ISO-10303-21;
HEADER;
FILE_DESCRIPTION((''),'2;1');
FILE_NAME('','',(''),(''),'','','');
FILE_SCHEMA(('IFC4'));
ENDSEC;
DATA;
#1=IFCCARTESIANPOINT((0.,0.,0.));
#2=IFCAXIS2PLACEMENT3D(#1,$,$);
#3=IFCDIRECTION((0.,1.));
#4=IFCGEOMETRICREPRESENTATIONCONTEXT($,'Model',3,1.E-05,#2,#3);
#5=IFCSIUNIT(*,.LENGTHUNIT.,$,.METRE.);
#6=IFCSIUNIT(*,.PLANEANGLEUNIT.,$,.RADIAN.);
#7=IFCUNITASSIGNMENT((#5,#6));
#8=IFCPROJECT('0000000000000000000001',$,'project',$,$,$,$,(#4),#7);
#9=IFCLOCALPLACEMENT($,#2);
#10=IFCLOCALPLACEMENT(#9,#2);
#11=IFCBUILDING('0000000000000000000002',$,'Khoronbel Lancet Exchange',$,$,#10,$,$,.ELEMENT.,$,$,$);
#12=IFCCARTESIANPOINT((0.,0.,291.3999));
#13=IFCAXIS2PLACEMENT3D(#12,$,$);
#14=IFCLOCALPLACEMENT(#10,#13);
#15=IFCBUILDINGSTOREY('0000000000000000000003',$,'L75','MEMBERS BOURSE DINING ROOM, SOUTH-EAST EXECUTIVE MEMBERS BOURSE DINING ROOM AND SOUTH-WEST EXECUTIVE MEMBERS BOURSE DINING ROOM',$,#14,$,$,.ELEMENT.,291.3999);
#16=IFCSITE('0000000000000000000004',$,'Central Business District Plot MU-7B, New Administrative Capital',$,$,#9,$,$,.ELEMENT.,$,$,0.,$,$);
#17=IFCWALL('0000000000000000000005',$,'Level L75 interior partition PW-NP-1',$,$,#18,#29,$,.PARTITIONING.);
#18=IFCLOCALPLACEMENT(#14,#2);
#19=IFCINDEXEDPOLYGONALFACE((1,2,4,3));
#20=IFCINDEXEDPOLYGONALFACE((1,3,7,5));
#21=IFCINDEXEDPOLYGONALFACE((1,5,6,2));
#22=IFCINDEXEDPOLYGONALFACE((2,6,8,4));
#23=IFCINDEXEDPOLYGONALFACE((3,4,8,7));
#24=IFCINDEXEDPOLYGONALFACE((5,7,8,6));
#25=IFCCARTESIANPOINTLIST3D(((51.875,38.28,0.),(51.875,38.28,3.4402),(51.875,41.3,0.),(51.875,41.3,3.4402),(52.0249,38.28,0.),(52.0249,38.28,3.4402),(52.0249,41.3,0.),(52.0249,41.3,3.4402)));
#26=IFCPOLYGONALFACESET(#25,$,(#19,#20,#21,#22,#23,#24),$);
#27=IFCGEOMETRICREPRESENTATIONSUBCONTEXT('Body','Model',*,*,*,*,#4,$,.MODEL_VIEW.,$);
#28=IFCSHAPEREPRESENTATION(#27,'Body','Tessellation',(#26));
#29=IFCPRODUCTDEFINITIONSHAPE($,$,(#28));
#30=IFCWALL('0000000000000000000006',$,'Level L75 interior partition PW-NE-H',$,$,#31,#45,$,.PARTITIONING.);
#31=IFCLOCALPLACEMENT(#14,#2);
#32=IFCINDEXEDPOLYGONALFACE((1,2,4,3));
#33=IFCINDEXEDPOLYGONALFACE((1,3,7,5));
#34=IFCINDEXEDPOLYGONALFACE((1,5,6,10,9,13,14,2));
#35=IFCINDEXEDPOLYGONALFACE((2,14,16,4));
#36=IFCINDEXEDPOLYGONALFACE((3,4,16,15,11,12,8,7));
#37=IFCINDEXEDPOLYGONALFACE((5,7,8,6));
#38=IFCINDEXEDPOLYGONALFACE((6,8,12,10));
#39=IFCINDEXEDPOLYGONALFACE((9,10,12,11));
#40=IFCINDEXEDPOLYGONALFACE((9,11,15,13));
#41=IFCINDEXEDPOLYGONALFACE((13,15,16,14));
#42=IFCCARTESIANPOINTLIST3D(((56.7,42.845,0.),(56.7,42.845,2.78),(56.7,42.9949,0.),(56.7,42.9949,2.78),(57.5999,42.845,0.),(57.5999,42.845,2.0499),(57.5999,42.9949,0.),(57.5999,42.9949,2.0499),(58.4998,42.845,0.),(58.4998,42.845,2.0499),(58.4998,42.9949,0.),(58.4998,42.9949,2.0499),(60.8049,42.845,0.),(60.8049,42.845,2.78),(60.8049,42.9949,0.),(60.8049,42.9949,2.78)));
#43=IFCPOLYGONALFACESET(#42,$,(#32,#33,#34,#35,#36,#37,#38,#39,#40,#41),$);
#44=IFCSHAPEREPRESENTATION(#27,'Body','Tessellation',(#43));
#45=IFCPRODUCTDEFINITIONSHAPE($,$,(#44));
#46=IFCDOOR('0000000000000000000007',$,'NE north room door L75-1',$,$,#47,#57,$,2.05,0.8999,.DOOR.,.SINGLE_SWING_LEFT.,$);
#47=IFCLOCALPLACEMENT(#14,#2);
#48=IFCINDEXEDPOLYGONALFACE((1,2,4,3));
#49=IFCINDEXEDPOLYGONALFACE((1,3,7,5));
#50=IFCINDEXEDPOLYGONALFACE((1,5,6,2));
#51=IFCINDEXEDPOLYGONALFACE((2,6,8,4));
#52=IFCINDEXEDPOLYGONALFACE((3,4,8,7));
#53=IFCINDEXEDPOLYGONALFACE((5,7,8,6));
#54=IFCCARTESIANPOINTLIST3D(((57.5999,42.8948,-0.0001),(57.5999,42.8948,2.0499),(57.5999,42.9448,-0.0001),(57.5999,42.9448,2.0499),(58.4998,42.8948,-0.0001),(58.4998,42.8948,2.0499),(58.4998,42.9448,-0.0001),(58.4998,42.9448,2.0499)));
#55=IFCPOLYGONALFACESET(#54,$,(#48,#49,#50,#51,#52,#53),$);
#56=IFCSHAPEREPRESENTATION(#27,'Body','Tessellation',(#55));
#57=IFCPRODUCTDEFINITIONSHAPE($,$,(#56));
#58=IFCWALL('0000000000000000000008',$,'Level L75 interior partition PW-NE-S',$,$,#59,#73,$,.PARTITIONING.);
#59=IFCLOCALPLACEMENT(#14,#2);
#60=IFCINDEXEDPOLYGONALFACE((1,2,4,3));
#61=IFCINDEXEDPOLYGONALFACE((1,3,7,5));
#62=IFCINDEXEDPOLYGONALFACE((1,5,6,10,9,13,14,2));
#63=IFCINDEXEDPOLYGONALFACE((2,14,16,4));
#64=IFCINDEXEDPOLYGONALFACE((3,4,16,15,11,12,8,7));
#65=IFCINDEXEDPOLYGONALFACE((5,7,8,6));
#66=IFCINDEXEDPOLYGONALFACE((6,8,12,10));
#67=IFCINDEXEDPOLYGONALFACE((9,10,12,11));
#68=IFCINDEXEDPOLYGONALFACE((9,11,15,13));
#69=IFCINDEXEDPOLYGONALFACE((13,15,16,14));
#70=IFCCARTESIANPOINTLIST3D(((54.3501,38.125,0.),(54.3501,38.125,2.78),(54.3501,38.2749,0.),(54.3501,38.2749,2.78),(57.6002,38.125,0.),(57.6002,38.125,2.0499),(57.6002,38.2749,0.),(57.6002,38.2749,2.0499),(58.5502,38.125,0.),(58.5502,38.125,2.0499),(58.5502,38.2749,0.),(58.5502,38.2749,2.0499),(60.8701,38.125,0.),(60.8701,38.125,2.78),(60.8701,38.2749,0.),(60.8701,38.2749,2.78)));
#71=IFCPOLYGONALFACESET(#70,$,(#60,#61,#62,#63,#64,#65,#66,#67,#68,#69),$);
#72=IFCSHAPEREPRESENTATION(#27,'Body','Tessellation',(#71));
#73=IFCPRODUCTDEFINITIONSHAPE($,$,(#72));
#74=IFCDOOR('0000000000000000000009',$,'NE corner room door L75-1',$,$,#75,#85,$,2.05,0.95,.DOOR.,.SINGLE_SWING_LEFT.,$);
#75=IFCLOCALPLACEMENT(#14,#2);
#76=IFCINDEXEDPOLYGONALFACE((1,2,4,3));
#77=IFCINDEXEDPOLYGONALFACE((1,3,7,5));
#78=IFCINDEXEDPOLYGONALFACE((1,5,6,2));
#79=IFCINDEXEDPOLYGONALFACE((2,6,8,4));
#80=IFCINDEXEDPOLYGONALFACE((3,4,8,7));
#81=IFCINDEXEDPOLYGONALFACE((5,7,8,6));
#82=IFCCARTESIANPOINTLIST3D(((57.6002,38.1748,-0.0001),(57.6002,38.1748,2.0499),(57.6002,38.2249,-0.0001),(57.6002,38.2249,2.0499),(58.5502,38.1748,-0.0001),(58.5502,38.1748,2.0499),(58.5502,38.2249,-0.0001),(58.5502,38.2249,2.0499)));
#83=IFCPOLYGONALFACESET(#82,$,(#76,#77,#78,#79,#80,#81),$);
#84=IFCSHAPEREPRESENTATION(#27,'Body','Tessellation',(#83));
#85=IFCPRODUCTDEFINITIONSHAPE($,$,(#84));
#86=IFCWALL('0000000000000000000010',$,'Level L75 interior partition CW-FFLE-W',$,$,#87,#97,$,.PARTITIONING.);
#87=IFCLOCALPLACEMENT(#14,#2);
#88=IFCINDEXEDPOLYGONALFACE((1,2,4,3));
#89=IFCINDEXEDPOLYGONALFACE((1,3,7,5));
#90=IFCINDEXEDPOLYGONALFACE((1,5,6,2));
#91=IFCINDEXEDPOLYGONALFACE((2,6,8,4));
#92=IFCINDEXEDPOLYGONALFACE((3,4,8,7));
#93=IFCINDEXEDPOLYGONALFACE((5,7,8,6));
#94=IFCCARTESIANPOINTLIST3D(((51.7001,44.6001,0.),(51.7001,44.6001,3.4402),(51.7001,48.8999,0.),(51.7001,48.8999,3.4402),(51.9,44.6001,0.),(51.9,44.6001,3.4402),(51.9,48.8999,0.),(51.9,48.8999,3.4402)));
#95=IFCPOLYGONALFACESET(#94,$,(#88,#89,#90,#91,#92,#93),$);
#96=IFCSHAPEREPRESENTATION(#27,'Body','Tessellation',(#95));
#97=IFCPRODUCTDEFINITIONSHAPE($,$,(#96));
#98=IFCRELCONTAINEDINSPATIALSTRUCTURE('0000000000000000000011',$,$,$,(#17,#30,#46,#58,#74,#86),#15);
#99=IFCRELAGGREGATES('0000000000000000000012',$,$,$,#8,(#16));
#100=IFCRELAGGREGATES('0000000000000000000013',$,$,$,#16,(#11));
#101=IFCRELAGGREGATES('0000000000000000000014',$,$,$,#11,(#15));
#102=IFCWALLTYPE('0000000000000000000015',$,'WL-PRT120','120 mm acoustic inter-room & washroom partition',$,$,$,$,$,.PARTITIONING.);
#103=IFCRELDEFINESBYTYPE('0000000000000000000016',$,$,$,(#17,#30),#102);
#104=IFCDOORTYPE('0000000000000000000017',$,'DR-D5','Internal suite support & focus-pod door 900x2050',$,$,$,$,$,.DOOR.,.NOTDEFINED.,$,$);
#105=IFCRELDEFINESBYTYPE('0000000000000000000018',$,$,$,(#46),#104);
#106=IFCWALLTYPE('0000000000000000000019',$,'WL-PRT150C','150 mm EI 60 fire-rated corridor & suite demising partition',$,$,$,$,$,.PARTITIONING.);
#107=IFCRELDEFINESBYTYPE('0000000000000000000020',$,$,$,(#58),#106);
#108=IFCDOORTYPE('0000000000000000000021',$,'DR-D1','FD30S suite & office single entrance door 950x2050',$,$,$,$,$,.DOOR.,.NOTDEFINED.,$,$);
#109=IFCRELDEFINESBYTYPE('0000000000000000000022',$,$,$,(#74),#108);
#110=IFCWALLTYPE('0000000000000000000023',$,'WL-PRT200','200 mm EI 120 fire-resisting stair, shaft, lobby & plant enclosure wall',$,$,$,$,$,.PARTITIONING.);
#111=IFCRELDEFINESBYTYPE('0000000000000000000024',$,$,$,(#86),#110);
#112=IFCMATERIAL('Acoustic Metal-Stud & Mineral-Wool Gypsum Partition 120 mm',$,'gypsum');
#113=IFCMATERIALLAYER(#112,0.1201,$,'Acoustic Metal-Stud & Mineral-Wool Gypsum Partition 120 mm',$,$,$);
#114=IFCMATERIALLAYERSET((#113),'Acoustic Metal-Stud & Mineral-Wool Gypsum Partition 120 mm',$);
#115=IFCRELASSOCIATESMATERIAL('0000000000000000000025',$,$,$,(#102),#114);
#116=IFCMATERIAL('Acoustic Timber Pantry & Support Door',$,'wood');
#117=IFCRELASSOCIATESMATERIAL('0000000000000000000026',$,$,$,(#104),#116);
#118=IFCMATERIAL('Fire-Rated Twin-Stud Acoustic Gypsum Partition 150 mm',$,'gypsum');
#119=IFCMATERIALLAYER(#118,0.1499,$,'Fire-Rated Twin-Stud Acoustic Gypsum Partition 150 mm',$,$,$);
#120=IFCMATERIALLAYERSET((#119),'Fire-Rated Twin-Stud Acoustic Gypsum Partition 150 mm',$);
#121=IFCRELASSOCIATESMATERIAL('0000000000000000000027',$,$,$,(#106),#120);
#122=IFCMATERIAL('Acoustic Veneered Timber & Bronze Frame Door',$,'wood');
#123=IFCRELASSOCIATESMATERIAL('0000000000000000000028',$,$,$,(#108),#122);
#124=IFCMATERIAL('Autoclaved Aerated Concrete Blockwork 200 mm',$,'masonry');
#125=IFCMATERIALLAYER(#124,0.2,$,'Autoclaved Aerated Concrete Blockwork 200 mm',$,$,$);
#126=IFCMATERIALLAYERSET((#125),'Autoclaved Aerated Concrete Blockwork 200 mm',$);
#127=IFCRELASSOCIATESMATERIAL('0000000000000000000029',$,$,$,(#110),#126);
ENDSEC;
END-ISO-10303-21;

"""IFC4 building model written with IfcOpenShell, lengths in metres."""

from ifc_helpers import new_model, si_unit, direction, frame, frame_2d, origin, place, context, subcontext, project, spatial, rectangle, extrude, material, layer, layer_set, type_object, element, fill, save


model = new_model("IFC4")

# Units and contexts
model_context = context("Model", 3, precision=1e-05, world=origin(), true_north=direction((0.0, 1.0)))
body_context = subcontext(model_context, "Body", "Model", "MODEL_VIEW")
ifc_project = project(units=[si_unit("LENGTHUNIT", "METRE"), si_unit("PLANEANGLEUNIT", "RADIAN")], contexts=[model_context])

# Site, building, storey
site_placement = place(None, origin())
site = spatial("IfcSite", under=ifc_project, at=site_placement, Name="Central Business District Plot MU-7B, New Administrative Capital", CompositionType="ELEMENT", RefElevation=0.0)
building_placement = place(site_placement, origin())
building = spatial("IfcBuilding", under=site, at=building_placement, Name="Khoronbel Lancet Exchange", CompositionType="ELEMENT")
storey_placement = place(building_placement, frame((0.0, 0.0, 291.3999)))
storey = spatial("IfcBuildingStorey", under=building, at=storey_placement, Name="L75", Description="MEMBERS BOURSE DINING ROOM, SOUTH-EAST EXECUTIVE MEMBERS BOURSE DINING ROOM AND SOUTH-WEST EXECUTIVE MEMBERS BOURSE DINING ROOM", CompositionType="ELEMENT", Elevation=291.3999)

# Wall
ifc_material_1 = material(Name="Acoustic Metal-Stud & Mineral-Wool Gypsum Partition 120 mm", Category="gypsum")
ifc_layer_1 = layer(ifc_material_1, 0.1201, Name="Acoustic Metal-Stud & Mineral-Wool Gypsum Partition 120 mm")
ifc_layer_set_1 = layer_set([ifc_layer_1], Name="Acoustic Metal-Stud & Mineral-Wool Gypsum Partition 120 mm")
wall_type_1 = type_object("IfcWallType", Name="WL-PRT120", Description="120 mm acoustic inter-room & washroom partition", PredefinedType="PARTITIONING", material=ifc_layer_set_1)
wall_1_placement = place(storey_placement, frame((51.95, 38.28, 0.0), z_axis=(0.0, 0.0, 1.0), x_axis=(0.0, 1.0, 0.0)))
element("IfcWall", 1, at=wall_1_placement, inside=storey, type_object=wall_type_1, Name="Level L75 interior partition PW-NP-1", PredefinedType="PARTITIONING", context=body_context, shape_type="SweptSolid", body=[
    extrude(rectangle(XDim=3.02, YDim=0.1499, at=frame_2d((1.51, 0.0))), origin(), (0.0, 0.0, 1.0), 3.4402),
])

# Walls, openings, doors
wall_2_placement = place(storey_placement, frame((56.7, 42.9199, 0.0), z_axis=(0.0, 0.0, 1.0), x_axis=(1.0, 0.0, 0.0)))
wall_2 = element("IfcWall", 2, at=wall_2_placement, inside=storey, type_object=wall_type_1, Name="Level L75 interior partition PW-NE-H", PredefinedType="PARTITIONING", context=body_context, shape_type="SweptSolid", body=[
    extrude(rectangle(XDim=4.105, YDim=0.1499, at=frame_2d((2.0525, 0.0))), origin(), (0.0, 0.0, 1.0), 2.78),
])
opening_1_placement = place(wall_2_placement, frame((0.8999, 0.0, 0.0)))
opening_1 = element("IfcOpeningElement", 3, at=opening_1_placement, cuts=wall_2, PredefinedType="OPENING", context=body_context, shape_type="SweptSolid", body=[
    extrude(rectangle(XDim=0.8999, YDim=2.05, at=frame_2d((0.45, 1.0249))), frame((0.0, 0.085, 0.0), z_axis=(0.0, -1.0, 0.0), x_axis=(1.0, 0.0, 0.0)), (0.0, 0.0, 1.0), 0.1699),
])
ifc_material_2 = material(Name="Acoustic Timber Pantry & Support Door", Category="wood")
door_type_1 = type_object("IfcDoorType", Name="DR-D5", Description="Internal suite support & focus-pod door 900x2050", OperationType="NOTDEFINED", PredefinedType="DOOR", material=ifc_material_2)
door_1_placement = place(opening_1_placement, origin())
door_1 = element("IfcDoor", 4, at=door_1_placement, inside=storey, type_object=door_type_1, Name="NE north room door L75-1", OperationType="SINGLE_SWING_LEFT", OverallHeight=2.05, OverallWidth=0.8999, PredefinedType="DOOR", context=body_context, shape_type="SweptSolid", body=[
    extrude(rectangle(XDim=0.8999, YDim=2.05, at=frame_2d((0.45, 1.0249))), frame((0.0, 0.0249, 0.0), z_axis=(0.0, -1.0, 0.0), x_axis=(1.0, 0.0, 0.0)), (0.0, 0.0, 1.0), 0.05),
])
fill(opening_1, door_1)
ifc_material_3 = material(Name="Fire-Rated Twin-Stud Acoustic Gypsum Partition 150 mm", Category="gypsum")
ifc_layer_2 = layer(ifc_material_3, 0.1499, Name="Fire-Rated Twin-Stud Acoustic Gypsum Partition 150 mm")
ifc_layer_set_2 = layer_set([ifc_layer_2], Name="Fire-Rated Twin-Stud Acoustic Gypsum Partition 150 mm")
wall_type_2 = type_object("IfcWallType", Name="WL-PRT150C", Description="150 mm EI 60 fire-rated corridor & suite demising partition", PredefinedType="PARTITIONING", material=ifc_layer_set_2)
wall_3_placement = place(storey_placement, frame((54.3501, 38.2, 0.0), z_axis=(0.0, 0.0, 1.0), x_axis=(1.0, 0.0, 0.0)))
wall_3 = element("IfcWall", 5, at=wall_3_placement, inside=storey, type_object=wall_type_2, Name="Level L75 interior partition PW-NE-S", PredefinedType="PARTITIONING", context=body_context, shape_type="SweptSolid", body=[
    extrude(rectangle(XDim=6.52, YDim=0.1499, at=frame_2d((3.26, 0.0))), origin(), (0.0, 0.0, 1.0), 2.78),
])
opening_2_placement = place(wall_3_placement, frame((3.25, 0.0, 0.0)))
opening_2 = element("IfcOpeningElement", 6, at=opening_2_placement, cuts=wall_3, PredefinedType="OPENING", context=body_context, shape_type="SweptSolid", body=[
    extrude(rectangle(XDim=0.95, YDim=2.05, at=frame_2d((0.4751, 1.0249))), frame((0.0, 0.085, 0.0), z_axis=(0.0, -1.0, 0.0), x_axis=(1.0, 0.0, 0.0)), (0.0, 0.0, 1.0), 0.1699),
])
ifc_material_4 = material(Name="Acoustic Veneered Timber & Bronze Frame Door", Category="wood")
door_type_2 = type_object("IfcDoorType", Name="DR-D1", Description="FD30S suite & office single entrance door 950x2050", OperationType="NOTDEFINED", PredefinedType="DOOR", material=ifc_material_4)
door_2_placement = place(opening_2_placement, origin())
door_2 = element("IfcDoor", 7, at=door_2_placement, inside=storey, type_object=door_type_2, Name="NE corner room door L75-1", OperationType="SINGLE_SWING_LEFT", OverallHeight=2.05, OverallWidth=0.95, PredefinedType="DOOR", context=body_context, shape_type="SweptSolid", body=[
    extrude(rectangle(XDim=0.95, YDim=2.05, at=frame_2d((0.4751, 1.0249))), frame((0.0, 0.0249, 0.0), z_axis=(0.0, -1.0, 0.0), x_axis=(1.0, 0.0, 0.0)), (0.0, 0.0, 1.0), 0.05),
])
fill(opening_2, door_2)

# Wall
ifc_material_5 = material(Name="Autoclaved Aerated Concrete Blockwork 200 mm", Category="masonry")
ifc_layer_3 = layer(ifc_material_5, 0.2, Name="Autoclaved Aerated Concrete Blockwork 200 mm")
ifc_layer_set_3 = layer_set([ifc_layer_3], Name="Autoclaved Aerated Concrete Blockwork 200 mm")
wall_type_3 = type_object("IfcWallType", Name="WL-PRT200", Description="200 mm EI 120 fire-resisting stair, shaft, lobby & plant enclosure wall", PredefinedType="PARTITIONING", material=ifc_layer_set_3)
wall_4_placement = place(storey_placement, frame((51.8, 44.6001, 0.0), z_axis=(0.0, 0.0, 1.0), x_axis=(0.0, 1.0, 0.0)))
element("IfcWall", 8, at=wall_4_placement, inside=storey, type_object=wall_type_3, Name="Level L75 interior partition CW-FFLE-W", PredefinedType="PARTITIONING", context=body_context, shape_type="SweptSolid", body=[
    extrude(rectangle(XDim=4.2998, YDim=0.2, at=frame_2d((2.1499, 0.0))), origin(), (0.0, 0.0, 1.0), 3.4402),
])

save(model, "model.ifc")
